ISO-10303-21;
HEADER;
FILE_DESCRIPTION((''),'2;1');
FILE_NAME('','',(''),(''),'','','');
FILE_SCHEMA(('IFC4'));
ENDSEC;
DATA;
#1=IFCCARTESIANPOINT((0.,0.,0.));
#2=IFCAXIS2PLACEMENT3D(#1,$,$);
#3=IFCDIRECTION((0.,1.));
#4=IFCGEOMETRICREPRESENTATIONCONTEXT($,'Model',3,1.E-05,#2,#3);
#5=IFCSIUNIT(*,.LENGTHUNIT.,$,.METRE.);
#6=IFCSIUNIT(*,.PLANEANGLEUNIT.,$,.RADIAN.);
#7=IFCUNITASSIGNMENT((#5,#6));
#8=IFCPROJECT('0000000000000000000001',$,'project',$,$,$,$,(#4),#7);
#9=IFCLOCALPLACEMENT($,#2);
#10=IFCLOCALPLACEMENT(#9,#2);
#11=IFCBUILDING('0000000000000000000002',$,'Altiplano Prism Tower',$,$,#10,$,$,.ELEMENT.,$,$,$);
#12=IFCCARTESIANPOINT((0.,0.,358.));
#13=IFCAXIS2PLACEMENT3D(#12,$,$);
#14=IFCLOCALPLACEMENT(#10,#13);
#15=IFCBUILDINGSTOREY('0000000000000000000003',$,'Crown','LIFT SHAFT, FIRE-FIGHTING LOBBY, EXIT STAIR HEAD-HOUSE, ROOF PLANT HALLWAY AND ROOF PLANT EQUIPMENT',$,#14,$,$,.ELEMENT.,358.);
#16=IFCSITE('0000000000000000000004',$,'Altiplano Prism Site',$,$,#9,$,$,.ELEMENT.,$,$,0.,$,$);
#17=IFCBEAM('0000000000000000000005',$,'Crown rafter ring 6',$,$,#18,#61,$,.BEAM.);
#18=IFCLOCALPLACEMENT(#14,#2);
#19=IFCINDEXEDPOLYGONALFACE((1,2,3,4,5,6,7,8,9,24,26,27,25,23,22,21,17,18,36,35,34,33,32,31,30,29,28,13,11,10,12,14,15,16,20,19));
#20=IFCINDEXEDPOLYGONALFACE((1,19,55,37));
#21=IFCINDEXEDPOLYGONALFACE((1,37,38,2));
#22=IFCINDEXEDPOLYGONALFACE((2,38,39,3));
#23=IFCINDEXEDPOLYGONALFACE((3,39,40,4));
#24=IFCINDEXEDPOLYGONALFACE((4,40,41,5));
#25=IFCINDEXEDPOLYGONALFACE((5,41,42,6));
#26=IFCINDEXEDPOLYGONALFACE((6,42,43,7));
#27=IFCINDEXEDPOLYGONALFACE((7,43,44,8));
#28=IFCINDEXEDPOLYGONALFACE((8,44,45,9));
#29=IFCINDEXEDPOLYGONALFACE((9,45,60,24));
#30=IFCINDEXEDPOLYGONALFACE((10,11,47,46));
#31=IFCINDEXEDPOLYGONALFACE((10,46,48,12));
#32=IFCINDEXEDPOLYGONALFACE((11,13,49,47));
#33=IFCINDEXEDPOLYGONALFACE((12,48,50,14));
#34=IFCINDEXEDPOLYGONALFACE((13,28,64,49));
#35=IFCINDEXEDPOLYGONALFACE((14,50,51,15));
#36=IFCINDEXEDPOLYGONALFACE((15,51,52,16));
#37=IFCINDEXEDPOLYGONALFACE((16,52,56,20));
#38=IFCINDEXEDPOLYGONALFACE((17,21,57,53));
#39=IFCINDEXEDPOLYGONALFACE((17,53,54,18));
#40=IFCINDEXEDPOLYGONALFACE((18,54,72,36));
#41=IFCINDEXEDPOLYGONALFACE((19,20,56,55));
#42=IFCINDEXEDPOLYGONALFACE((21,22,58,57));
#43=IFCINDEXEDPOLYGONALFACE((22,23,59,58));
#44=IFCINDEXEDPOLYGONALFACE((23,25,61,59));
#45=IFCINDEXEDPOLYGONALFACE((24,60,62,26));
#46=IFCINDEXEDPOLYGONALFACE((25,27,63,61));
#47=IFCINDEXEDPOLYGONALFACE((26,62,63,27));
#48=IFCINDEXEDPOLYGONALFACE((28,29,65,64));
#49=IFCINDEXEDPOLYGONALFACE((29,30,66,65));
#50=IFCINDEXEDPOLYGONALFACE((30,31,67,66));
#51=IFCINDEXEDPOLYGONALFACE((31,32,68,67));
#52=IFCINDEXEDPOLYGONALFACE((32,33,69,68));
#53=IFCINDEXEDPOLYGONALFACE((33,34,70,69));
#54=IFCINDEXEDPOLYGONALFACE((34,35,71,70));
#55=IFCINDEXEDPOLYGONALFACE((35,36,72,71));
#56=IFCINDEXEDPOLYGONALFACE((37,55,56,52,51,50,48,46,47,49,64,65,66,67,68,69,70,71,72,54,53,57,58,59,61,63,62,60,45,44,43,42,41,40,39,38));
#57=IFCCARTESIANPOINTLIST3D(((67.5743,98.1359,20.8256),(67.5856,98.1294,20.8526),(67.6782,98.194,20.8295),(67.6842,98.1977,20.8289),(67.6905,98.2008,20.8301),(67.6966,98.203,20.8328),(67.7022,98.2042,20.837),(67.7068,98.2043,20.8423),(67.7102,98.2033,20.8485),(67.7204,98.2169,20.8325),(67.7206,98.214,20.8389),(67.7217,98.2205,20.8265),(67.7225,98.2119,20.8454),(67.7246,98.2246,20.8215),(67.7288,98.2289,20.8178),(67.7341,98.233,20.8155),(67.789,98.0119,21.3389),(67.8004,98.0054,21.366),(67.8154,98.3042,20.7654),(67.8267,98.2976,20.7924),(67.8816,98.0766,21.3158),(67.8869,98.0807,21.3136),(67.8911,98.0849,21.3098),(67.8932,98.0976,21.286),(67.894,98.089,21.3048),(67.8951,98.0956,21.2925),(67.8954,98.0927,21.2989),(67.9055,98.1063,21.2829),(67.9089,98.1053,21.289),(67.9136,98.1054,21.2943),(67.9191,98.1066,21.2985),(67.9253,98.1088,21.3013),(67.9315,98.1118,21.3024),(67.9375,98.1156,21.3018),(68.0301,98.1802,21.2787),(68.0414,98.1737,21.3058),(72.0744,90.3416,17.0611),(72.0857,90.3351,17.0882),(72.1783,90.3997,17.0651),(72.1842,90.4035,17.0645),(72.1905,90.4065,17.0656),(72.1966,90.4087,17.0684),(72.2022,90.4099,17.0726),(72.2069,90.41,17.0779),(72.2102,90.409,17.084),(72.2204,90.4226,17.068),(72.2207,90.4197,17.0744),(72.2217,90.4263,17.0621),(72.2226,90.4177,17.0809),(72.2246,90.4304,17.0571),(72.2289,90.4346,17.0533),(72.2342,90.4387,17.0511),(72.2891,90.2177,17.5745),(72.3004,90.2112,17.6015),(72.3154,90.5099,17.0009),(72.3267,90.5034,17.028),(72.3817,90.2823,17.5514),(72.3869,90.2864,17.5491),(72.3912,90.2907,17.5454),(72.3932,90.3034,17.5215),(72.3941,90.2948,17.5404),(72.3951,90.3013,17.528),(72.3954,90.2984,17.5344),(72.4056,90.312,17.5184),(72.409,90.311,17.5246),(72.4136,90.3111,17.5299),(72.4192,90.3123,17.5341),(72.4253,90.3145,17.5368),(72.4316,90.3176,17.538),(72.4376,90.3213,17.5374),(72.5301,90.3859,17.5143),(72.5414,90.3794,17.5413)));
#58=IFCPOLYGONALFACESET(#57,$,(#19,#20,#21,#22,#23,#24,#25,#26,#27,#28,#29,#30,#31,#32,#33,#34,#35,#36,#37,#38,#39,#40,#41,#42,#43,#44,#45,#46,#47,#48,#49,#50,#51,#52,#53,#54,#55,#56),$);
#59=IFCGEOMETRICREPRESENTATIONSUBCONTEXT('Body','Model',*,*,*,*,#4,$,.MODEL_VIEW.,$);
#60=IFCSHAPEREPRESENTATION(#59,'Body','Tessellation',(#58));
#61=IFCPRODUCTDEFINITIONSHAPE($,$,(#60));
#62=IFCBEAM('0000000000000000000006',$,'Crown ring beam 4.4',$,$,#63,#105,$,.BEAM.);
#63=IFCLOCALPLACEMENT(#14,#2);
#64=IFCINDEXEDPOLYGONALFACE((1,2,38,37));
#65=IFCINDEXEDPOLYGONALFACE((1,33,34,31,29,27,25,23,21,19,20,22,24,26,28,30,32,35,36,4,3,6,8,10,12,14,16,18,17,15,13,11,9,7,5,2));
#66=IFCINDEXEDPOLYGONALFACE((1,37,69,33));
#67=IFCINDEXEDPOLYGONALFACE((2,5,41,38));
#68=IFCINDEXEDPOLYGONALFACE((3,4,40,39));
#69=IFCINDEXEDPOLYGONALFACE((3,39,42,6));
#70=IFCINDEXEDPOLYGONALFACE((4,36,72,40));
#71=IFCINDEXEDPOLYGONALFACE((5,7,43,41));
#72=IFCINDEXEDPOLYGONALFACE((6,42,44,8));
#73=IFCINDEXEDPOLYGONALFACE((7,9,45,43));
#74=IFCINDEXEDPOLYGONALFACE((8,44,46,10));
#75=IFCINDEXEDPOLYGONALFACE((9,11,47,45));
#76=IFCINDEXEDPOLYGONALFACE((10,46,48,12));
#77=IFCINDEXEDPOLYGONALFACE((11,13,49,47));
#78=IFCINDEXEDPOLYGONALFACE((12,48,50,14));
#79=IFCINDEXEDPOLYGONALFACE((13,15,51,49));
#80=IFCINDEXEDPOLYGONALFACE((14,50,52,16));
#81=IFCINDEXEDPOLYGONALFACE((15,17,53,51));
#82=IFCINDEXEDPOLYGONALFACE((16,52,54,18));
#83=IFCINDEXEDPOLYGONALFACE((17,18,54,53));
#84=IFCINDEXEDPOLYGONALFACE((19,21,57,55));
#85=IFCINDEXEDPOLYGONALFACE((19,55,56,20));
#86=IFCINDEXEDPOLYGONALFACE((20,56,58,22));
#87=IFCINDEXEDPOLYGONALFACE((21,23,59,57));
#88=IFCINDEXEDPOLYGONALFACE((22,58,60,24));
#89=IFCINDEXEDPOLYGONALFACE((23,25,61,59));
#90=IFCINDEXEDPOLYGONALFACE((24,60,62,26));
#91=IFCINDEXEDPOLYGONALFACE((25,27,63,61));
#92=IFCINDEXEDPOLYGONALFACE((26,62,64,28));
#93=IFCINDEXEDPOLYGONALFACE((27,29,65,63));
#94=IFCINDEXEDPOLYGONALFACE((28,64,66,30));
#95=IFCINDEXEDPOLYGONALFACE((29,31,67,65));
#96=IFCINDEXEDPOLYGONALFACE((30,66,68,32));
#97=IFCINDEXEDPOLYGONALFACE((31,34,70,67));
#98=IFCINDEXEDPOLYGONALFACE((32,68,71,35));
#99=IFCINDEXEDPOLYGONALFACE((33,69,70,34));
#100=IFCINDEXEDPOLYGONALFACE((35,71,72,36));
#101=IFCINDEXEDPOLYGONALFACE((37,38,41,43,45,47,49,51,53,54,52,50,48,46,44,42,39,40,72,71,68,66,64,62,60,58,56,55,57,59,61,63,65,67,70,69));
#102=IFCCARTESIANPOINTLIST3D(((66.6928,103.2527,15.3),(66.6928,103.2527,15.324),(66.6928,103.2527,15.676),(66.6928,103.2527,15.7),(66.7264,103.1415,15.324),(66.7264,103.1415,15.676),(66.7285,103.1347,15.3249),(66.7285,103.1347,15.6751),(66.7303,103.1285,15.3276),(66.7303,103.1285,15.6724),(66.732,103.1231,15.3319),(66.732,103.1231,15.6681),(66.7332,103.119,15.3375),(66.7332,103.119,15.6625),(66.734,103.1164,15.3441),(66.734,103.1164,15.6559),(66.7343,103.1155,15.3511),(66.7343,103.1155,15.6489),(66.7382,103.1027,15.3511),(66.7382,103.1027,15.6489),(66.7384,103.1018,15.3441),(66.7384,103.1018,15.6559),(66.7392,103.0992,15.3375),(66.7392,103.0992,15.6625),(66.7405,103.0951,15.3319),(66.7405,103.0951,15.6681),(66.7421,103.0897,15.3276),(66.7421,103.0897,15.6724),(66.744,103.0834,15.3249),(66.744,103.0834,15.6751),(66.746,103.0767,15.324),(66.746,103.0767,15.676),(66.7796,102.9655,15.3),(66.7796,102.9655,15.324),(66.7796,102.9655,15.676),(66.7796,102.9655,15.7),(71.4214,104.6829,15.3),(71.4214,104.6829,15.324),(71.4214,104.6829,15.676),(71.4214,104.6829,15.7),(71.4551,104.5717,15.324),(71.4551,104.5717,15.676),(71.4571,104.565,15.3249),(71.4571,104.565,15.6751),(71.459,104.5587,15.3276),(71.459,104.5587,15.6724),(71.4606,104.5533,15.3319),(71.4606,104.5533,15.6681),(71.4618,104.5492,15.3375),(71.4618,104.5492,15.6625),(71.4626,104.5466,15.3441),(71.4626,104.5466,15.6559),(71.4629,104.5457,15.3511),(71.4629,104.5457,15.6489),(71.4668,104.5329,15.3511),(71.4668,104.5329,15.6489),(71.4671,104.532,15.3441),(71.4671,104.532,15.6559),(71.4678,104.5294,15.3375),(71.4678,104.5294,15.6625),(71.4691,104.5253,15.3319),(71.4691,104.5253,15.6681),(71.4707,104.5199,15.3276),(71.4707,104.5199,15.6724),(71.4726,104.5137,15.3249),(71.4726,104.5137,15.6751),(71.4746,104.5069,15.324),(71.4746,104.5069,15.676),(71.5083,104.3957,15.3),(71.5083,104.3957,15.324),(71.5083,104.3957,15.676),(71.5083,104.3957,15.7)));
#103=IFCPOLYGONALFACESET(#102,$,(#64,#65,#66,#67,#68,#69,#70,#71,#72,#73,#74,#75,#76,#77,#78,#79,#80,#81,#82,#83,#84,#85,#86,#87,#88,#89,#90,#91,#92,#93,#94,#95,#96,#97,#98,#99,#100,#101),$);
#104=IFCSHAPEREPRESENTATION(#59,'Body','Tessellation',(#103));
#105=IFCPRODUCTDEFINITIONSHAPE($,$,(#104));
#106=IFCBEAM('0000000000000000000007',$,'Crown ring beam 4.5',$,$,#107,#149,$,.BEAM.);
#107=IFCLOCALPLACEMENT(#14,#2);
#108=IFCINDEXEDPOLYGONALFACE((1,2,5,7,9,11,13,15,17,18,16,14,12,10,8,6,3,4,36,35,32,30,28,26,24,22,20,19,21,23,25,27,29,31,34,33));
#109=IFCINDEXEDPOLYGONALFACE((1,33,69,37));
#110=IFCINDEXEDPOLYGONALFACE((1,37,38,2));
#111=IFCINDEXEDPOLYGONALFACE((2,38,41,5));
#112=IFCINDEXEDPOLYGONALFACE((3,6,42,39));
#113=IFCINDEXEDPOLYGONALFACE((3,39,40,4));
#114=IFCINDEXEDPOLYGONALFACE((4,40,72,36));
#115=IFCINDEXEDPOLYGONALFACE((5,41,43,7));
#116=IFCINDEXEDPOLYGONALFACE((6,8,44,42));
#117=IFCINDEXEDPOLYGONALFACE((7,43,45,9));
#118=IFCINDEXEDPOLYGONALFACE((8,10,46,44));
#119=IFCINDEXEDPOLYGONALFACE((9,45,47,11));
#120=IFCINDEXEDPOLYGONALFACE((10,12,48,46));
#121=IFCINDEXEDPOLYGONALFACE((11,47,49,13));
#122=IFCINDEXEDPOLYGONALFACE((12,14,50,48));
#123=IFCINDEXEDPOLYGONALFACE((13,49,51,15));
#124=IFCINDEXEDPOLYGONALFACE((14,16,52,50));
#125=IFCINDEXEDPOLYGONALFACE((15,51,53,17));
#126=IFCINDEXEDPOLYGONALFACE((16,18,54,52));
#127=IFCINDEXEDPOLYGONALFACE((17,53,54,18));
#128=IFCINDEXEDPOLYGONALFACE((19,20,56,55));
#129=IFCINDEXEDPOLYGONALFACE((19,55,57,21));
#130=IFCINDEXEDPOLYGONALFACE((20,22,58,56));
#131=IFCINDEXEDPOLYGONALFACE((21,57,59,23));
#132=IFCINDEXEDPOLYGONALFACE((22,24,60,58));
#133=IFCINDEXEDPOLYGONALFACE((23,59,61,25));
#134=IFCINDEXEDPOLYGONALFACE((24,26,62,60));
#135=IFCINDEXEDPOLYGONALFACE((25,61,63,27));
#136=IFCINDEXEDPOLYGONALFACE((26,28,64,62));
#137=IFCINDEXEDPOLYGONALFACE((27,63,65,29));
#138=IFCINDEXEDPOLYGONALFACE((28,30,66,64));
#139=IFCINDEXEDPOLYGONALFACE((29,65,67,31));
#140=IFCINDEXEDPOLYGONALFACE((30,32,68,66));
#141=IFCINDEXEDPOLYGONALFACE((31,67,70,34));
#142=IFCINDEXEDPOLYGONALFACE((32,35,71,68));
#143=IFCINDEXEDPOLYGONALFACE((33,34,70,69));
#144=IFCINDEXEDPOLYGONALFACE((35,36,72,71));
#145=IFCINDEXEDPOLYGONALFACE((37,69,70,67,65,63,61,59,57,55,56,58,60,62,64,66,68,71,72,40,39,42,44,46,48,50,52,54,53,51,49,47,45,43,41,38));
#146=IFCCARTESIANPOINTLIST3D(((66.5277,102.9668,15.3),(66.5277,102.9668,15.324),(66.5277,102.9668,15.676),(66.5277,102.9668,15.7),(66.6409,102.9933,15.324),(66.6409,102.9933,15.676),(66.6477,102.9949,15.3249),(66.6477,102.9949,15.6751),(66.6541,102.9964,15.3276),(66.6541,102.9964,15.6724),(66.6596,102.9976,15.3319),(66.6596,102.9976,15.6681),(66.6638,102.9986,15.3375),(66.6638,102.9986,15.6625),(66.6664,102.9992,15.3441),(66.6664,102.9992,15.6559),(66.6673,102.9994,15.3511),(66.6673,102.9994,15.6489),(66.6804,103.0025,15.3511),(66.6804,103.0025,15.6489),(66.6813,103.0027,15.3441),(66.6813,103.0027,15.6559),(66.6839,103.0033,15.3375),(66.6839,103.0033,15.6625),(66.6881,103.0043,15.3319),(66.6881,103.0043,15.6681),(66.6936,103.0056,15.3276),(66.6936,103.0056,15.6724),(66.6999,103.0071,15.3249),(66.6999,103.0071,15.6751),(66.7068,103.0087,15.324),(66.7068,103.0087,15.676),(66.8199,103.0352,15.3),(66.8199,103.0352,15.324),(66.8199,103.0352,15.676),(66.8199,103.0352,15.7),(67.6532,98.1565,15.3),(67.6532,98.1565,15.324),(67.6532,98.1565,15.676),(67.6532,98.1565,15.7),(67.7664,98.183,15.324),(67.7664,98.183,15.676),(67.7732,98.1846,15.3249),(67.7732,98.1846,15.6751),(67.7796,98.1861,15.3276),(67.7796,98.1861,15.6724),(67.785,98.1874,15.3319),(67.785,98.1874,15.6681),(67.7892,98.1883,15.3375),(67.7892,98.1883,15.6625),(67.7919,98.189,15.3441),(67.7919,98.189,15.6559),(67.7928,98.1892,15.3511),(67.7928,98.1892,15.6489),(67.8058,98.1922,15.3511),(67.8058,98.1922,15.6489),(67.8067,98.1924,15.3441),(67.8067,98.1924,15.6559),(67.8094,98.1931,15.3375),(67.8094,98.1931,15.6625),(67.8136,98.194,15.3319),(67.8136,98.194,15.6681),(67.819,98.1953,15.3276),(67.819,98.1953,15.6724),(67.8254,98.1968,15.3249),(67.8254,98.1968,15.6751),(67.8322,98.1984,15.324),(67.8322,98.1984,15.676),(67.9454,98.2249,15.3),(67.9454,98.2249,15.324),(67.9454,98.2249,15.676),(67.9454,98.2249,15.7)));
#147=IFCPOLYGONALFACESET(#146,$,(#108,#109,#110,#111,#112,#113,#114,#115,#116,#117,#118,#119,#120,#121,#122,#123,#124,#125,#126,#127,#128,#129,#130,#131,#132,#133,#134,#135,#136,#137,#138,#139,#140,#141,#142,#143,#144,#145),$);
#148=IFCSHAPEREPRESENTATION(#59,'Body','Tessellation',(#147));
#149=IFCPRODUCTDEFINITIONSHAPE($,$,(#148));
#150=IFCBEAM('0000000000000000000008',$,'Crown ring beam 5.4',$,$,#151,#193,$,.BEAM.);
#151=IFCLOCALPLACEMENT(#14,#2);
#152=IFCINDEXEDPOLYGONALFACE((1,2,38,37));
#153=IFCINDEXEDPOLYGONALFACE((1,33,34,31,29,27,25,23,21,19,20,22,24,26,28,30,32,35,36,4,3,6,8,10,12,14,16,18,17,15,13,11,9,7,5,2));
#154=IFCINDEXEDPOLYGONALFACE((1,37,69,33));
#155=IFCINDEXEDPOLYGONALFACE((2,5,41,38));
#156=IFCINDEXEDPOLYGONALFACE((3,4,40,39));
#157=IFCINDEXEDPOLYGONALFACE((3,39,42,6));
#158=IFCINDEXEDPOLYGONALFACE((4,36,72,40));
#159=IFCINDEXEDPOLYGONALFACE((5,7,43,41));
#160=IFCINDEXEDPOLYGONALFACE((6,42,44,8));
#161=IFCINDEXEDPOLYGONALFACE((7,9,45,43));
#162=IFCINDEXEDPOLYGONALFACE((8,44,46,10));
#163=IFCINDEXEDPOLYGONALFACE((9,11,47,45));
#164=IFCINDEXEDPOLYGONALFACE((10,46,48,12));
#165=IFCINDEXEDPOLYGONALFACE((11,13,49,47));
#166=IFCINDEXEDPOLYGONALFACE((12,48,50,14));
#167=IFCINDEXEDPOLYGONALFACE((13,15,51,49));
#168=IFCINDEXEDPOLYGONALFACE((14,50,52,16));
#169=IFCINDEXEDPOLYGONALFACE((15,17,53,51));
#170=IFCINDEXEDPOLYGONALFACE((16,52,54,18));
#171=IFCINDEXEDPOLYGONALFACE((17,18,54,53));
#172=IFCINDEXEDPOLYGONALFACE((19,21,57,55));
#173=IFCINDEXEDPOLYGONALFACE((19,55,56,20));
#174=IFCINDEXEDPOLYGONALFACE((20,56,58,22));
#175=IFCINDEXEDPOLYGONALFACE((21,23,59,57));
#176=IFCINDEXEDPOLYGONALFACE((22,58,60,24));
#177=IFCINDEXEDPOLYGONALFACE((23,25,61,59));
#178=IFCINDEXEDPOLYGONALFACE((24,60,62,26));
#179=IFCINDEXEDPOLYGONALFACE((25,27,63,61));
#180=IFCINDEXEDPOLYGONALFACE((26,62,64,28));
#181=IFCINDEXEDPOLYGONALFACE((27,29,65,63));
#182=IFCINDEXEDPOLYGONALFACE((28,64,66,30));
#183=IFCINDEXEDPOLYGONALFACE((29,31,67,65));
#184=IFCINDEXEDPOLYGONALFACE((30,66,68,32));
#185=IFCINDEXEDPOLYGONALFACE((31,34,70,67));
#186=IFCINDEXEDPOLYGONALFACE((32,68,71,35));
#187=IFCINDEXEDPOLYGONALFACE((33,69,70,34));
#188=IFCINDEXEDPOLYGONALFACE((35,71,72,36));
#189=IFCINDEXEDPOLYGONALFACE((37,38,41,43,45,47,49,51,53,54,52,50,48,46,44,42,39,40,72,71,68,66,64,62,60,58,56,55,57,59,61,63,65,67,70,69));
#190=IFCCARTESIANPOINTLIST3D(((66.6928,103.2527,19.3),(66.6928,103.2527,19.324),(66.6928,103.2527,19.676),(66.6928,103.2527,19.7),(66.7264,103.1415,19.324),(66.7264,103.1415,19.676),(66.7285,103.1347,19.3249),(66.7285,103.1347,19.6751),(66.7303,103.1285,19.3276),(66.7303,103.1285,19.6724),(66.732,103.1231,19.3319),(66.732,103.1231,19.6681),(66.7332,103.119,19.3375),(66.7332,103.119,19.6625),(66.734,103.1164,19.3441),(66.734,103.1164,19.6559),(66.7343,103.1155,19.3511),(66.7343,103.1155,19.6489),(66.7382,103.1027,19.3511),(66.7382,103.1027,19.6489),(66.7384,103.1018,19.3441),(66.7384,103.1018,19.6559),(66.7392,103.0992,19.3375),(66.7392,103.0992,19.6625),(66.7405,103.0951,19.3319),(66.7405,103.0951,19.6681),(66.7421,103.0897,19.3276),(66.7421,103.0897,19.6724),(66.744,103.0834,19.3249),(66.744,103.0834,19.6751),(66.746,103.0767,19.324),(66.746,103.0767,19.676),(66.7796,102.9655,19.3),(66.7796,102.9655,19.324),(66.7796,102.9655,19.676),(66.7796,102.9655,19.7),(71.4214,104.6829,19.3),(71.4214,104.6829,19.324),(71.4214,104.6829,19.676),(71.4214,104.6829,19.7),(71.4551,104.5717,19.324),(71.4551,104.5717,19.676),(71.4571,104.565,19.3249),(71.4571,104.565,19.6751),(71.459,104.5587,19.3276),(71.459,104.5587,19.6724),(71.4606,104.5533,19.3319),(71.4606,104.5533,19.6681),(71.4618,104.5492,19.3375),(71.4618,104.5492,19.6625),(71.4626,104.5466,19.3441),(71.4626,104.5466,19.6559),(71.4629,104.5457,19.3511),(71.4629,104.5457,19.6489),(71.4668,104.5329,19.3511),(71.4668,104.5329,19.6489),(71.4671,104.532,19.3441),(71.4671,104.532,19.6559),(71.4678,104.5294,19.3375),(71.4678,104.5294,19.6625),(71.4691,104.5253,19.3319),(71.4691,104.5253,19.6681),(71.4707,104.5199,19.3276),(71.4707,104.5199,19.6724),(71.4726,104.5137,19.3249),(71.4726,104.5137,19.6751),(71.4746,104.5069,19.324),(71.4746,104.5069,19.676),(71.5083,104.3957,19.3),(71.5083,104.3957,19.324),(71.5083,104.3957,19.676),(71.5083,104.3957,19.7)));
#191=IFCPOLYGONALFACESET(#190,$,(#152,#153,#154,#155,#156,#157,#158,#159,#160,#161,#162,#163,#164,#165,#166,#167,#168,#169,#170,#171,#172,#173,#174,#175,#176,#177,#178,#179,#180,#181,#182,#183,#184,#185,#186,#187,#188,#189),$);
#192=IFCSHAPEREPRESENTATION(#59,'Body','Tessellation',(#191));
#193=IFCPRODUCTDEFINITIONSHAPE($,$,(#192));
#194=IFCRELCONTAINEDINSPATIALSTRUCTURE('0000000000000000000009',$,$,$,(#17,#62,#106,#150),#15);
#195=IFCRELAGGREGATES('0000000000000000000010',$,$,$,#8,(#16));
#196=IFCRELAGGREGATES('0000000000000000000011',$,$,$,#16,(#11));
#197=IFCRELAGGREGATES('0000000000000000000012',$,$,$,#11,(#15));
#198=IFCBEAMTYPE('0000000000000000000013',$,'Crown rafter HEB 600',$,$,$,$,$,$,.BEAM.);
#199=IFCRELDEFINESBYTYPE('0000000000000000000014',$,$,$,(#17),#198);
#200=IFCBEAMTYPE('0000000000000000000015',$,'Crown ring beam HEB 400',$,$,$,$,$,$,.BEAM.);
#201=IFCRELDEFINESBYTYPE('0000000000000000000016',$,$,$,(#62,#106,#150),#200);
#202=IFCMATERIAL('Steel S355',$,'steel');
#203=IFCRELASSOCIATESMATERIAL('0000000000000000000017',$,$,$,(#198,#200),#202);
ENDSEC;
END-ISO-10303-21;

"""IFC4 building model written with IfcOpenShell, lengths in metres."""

from ifc_helpers import new_model, si_unit, direction, frame, origin, origin_2d, place, context, subcontext, project, spatial, i_section, extrude, material, material_profile, profile_set, type_object, element, save


model = new_model("IFC4")

# Units and contexts
model_context = context("Model", 3, precision=1e-05, world=origin(), true_north=direction((0.0, 1.0)))
body_context = subcontext(model_context, "Body", "Model", "MODEL_VIEW")
ifc_project = project(units=[si_unit("LENGTHUNIT", "METRE"), si_unit("PLANEANGLEUNIT", "RADIAN")], contexts=[model_context])

# Site, building, storey
site_placement = place(None, origin())
site = spatial("IfcSite", under=ifc_project, at=site_placement, Name="Altiplano Prism Site", CompositionType="ELEMENT", RefElevation=0.0)
building_placement = place(site_placement, origin())
building = spatial("IfcBuilding", under=site, at=building_placement, Name="Altiplano Prism Tower", CompositionType="ELEMENT")
storey_placement = place(building_placement, frame((0.0, 0.0, 358.0)))
storey = spatial("IfcBuildingStorey", under=building, at=storey_placement, Name="Crown", Description="LIFT SHAFT, FIRE-FIGHTING LOBBY, EXIT STAIR HEAD-HOUSE, ROOF PLANT HALLWAY AND ROOF PLANT EQUIPMENT", CompositionType="ELEMENT", Elevation=358.0)

# Beams
ifc_material_1 = material(Name="Steel S355", Category="steel")
ifc_material_profile_1 = material_profile(ifc_material_1, i_section(OverallWidth=0.3, OverallDepth=0.6001, WebThickness=0.0154, FlangeThickness=0.03, FilletRadius=0.0271, at=origin_2d()), Name="Crown rafter HEB 600")
ifc_profile_set_1 = profile_set([ifc_material_profile_1], Name="Steel S355")
beam_type_1 = type_object("IfcBeamType", Name="Crown rafter HEB 600", PredefinedType="BEAM", material=ifc_profile_set_1)
beam_placement = place(storey_placement, frame((67.8079, 98.1548, 21.0657), z_axis=(0.461277, -0.798952, -0.385874), x_axis=(0.803346, 0.560705, -0.200612)))
element("IfcBeam", 1, at=beam_placement, inside=storey, type_object=beam_type_1, Name="Crown rafter ring 6", PredefinedType="BEAM", context=body_context, shape_type="SweptSolid", body=[
    extrude(i_section(OverallWidth=0.3, OverallDepth=0.6001, WebThickness=0.0154, FlangeThickness=0.03, FilletRadius=0.0271, at=origin_2d()), origin(), (0.0, 0.0, 1.0), 9.7556),
])
ifc_material_profile_2 = material_profile(ifc_material_1, i_section(OverallWidth=0.3, OverallDepth=0.3999, WebThickness=0.0134, FlangeThickness=0.0239, FilletRadius=0.0271, at=origin_2d()), Name="Crown ring beam HEB 400")
ifc_profile_set_2 = profile_set([ifc_material_profile_2], Name="Steel S355")
beam_type_2 = type_object("IfcBeamType", Name="Crown ring beam HEB 400", PredefinedType="BEAM", material=ifc_profile_set_2)
for number, where, z_axis, x_axis, name in (
    (2, (71.4648, 104.5393, 15.5), (-0.957176, -0.289505, 0.0), (0.289505, -0.957176, 0.0), "Crown ring beam 4.4"),
    (3, (66.6738, 103.001, 15.5), (0.227822, -0.973703, 0.0), (0.973703, 0.227822, 0.0), "Crown ring beam 4.5"),
    (4, (71.4648, 104.5393, 19.5), (-0.957176, -0.289505, 0.0), (0.289505, -0.957176, 0.0), "Crown ring beam 5.4"),
):
    element("IfcBeam", number, at=place(storey_placement, frame(where, z_axis=z_axis, x_axis=x_axis)), inside=storey, type_object=beam_type_2, Name=name, PredefinedType="BEAM", context=body_context, shape_type="SweptSolid", body=[
        extrude(i_section(OverallWidth=0.3, OverallDepth=0.3999, WebThickness=0.0134, FlangeThickness=0.0239, FilletRadius=0.0271, at=origin_2d()), origin(), (0.0, 0.0, 1.0), 4.9402),
    ])

save(model, "model.ifc")
